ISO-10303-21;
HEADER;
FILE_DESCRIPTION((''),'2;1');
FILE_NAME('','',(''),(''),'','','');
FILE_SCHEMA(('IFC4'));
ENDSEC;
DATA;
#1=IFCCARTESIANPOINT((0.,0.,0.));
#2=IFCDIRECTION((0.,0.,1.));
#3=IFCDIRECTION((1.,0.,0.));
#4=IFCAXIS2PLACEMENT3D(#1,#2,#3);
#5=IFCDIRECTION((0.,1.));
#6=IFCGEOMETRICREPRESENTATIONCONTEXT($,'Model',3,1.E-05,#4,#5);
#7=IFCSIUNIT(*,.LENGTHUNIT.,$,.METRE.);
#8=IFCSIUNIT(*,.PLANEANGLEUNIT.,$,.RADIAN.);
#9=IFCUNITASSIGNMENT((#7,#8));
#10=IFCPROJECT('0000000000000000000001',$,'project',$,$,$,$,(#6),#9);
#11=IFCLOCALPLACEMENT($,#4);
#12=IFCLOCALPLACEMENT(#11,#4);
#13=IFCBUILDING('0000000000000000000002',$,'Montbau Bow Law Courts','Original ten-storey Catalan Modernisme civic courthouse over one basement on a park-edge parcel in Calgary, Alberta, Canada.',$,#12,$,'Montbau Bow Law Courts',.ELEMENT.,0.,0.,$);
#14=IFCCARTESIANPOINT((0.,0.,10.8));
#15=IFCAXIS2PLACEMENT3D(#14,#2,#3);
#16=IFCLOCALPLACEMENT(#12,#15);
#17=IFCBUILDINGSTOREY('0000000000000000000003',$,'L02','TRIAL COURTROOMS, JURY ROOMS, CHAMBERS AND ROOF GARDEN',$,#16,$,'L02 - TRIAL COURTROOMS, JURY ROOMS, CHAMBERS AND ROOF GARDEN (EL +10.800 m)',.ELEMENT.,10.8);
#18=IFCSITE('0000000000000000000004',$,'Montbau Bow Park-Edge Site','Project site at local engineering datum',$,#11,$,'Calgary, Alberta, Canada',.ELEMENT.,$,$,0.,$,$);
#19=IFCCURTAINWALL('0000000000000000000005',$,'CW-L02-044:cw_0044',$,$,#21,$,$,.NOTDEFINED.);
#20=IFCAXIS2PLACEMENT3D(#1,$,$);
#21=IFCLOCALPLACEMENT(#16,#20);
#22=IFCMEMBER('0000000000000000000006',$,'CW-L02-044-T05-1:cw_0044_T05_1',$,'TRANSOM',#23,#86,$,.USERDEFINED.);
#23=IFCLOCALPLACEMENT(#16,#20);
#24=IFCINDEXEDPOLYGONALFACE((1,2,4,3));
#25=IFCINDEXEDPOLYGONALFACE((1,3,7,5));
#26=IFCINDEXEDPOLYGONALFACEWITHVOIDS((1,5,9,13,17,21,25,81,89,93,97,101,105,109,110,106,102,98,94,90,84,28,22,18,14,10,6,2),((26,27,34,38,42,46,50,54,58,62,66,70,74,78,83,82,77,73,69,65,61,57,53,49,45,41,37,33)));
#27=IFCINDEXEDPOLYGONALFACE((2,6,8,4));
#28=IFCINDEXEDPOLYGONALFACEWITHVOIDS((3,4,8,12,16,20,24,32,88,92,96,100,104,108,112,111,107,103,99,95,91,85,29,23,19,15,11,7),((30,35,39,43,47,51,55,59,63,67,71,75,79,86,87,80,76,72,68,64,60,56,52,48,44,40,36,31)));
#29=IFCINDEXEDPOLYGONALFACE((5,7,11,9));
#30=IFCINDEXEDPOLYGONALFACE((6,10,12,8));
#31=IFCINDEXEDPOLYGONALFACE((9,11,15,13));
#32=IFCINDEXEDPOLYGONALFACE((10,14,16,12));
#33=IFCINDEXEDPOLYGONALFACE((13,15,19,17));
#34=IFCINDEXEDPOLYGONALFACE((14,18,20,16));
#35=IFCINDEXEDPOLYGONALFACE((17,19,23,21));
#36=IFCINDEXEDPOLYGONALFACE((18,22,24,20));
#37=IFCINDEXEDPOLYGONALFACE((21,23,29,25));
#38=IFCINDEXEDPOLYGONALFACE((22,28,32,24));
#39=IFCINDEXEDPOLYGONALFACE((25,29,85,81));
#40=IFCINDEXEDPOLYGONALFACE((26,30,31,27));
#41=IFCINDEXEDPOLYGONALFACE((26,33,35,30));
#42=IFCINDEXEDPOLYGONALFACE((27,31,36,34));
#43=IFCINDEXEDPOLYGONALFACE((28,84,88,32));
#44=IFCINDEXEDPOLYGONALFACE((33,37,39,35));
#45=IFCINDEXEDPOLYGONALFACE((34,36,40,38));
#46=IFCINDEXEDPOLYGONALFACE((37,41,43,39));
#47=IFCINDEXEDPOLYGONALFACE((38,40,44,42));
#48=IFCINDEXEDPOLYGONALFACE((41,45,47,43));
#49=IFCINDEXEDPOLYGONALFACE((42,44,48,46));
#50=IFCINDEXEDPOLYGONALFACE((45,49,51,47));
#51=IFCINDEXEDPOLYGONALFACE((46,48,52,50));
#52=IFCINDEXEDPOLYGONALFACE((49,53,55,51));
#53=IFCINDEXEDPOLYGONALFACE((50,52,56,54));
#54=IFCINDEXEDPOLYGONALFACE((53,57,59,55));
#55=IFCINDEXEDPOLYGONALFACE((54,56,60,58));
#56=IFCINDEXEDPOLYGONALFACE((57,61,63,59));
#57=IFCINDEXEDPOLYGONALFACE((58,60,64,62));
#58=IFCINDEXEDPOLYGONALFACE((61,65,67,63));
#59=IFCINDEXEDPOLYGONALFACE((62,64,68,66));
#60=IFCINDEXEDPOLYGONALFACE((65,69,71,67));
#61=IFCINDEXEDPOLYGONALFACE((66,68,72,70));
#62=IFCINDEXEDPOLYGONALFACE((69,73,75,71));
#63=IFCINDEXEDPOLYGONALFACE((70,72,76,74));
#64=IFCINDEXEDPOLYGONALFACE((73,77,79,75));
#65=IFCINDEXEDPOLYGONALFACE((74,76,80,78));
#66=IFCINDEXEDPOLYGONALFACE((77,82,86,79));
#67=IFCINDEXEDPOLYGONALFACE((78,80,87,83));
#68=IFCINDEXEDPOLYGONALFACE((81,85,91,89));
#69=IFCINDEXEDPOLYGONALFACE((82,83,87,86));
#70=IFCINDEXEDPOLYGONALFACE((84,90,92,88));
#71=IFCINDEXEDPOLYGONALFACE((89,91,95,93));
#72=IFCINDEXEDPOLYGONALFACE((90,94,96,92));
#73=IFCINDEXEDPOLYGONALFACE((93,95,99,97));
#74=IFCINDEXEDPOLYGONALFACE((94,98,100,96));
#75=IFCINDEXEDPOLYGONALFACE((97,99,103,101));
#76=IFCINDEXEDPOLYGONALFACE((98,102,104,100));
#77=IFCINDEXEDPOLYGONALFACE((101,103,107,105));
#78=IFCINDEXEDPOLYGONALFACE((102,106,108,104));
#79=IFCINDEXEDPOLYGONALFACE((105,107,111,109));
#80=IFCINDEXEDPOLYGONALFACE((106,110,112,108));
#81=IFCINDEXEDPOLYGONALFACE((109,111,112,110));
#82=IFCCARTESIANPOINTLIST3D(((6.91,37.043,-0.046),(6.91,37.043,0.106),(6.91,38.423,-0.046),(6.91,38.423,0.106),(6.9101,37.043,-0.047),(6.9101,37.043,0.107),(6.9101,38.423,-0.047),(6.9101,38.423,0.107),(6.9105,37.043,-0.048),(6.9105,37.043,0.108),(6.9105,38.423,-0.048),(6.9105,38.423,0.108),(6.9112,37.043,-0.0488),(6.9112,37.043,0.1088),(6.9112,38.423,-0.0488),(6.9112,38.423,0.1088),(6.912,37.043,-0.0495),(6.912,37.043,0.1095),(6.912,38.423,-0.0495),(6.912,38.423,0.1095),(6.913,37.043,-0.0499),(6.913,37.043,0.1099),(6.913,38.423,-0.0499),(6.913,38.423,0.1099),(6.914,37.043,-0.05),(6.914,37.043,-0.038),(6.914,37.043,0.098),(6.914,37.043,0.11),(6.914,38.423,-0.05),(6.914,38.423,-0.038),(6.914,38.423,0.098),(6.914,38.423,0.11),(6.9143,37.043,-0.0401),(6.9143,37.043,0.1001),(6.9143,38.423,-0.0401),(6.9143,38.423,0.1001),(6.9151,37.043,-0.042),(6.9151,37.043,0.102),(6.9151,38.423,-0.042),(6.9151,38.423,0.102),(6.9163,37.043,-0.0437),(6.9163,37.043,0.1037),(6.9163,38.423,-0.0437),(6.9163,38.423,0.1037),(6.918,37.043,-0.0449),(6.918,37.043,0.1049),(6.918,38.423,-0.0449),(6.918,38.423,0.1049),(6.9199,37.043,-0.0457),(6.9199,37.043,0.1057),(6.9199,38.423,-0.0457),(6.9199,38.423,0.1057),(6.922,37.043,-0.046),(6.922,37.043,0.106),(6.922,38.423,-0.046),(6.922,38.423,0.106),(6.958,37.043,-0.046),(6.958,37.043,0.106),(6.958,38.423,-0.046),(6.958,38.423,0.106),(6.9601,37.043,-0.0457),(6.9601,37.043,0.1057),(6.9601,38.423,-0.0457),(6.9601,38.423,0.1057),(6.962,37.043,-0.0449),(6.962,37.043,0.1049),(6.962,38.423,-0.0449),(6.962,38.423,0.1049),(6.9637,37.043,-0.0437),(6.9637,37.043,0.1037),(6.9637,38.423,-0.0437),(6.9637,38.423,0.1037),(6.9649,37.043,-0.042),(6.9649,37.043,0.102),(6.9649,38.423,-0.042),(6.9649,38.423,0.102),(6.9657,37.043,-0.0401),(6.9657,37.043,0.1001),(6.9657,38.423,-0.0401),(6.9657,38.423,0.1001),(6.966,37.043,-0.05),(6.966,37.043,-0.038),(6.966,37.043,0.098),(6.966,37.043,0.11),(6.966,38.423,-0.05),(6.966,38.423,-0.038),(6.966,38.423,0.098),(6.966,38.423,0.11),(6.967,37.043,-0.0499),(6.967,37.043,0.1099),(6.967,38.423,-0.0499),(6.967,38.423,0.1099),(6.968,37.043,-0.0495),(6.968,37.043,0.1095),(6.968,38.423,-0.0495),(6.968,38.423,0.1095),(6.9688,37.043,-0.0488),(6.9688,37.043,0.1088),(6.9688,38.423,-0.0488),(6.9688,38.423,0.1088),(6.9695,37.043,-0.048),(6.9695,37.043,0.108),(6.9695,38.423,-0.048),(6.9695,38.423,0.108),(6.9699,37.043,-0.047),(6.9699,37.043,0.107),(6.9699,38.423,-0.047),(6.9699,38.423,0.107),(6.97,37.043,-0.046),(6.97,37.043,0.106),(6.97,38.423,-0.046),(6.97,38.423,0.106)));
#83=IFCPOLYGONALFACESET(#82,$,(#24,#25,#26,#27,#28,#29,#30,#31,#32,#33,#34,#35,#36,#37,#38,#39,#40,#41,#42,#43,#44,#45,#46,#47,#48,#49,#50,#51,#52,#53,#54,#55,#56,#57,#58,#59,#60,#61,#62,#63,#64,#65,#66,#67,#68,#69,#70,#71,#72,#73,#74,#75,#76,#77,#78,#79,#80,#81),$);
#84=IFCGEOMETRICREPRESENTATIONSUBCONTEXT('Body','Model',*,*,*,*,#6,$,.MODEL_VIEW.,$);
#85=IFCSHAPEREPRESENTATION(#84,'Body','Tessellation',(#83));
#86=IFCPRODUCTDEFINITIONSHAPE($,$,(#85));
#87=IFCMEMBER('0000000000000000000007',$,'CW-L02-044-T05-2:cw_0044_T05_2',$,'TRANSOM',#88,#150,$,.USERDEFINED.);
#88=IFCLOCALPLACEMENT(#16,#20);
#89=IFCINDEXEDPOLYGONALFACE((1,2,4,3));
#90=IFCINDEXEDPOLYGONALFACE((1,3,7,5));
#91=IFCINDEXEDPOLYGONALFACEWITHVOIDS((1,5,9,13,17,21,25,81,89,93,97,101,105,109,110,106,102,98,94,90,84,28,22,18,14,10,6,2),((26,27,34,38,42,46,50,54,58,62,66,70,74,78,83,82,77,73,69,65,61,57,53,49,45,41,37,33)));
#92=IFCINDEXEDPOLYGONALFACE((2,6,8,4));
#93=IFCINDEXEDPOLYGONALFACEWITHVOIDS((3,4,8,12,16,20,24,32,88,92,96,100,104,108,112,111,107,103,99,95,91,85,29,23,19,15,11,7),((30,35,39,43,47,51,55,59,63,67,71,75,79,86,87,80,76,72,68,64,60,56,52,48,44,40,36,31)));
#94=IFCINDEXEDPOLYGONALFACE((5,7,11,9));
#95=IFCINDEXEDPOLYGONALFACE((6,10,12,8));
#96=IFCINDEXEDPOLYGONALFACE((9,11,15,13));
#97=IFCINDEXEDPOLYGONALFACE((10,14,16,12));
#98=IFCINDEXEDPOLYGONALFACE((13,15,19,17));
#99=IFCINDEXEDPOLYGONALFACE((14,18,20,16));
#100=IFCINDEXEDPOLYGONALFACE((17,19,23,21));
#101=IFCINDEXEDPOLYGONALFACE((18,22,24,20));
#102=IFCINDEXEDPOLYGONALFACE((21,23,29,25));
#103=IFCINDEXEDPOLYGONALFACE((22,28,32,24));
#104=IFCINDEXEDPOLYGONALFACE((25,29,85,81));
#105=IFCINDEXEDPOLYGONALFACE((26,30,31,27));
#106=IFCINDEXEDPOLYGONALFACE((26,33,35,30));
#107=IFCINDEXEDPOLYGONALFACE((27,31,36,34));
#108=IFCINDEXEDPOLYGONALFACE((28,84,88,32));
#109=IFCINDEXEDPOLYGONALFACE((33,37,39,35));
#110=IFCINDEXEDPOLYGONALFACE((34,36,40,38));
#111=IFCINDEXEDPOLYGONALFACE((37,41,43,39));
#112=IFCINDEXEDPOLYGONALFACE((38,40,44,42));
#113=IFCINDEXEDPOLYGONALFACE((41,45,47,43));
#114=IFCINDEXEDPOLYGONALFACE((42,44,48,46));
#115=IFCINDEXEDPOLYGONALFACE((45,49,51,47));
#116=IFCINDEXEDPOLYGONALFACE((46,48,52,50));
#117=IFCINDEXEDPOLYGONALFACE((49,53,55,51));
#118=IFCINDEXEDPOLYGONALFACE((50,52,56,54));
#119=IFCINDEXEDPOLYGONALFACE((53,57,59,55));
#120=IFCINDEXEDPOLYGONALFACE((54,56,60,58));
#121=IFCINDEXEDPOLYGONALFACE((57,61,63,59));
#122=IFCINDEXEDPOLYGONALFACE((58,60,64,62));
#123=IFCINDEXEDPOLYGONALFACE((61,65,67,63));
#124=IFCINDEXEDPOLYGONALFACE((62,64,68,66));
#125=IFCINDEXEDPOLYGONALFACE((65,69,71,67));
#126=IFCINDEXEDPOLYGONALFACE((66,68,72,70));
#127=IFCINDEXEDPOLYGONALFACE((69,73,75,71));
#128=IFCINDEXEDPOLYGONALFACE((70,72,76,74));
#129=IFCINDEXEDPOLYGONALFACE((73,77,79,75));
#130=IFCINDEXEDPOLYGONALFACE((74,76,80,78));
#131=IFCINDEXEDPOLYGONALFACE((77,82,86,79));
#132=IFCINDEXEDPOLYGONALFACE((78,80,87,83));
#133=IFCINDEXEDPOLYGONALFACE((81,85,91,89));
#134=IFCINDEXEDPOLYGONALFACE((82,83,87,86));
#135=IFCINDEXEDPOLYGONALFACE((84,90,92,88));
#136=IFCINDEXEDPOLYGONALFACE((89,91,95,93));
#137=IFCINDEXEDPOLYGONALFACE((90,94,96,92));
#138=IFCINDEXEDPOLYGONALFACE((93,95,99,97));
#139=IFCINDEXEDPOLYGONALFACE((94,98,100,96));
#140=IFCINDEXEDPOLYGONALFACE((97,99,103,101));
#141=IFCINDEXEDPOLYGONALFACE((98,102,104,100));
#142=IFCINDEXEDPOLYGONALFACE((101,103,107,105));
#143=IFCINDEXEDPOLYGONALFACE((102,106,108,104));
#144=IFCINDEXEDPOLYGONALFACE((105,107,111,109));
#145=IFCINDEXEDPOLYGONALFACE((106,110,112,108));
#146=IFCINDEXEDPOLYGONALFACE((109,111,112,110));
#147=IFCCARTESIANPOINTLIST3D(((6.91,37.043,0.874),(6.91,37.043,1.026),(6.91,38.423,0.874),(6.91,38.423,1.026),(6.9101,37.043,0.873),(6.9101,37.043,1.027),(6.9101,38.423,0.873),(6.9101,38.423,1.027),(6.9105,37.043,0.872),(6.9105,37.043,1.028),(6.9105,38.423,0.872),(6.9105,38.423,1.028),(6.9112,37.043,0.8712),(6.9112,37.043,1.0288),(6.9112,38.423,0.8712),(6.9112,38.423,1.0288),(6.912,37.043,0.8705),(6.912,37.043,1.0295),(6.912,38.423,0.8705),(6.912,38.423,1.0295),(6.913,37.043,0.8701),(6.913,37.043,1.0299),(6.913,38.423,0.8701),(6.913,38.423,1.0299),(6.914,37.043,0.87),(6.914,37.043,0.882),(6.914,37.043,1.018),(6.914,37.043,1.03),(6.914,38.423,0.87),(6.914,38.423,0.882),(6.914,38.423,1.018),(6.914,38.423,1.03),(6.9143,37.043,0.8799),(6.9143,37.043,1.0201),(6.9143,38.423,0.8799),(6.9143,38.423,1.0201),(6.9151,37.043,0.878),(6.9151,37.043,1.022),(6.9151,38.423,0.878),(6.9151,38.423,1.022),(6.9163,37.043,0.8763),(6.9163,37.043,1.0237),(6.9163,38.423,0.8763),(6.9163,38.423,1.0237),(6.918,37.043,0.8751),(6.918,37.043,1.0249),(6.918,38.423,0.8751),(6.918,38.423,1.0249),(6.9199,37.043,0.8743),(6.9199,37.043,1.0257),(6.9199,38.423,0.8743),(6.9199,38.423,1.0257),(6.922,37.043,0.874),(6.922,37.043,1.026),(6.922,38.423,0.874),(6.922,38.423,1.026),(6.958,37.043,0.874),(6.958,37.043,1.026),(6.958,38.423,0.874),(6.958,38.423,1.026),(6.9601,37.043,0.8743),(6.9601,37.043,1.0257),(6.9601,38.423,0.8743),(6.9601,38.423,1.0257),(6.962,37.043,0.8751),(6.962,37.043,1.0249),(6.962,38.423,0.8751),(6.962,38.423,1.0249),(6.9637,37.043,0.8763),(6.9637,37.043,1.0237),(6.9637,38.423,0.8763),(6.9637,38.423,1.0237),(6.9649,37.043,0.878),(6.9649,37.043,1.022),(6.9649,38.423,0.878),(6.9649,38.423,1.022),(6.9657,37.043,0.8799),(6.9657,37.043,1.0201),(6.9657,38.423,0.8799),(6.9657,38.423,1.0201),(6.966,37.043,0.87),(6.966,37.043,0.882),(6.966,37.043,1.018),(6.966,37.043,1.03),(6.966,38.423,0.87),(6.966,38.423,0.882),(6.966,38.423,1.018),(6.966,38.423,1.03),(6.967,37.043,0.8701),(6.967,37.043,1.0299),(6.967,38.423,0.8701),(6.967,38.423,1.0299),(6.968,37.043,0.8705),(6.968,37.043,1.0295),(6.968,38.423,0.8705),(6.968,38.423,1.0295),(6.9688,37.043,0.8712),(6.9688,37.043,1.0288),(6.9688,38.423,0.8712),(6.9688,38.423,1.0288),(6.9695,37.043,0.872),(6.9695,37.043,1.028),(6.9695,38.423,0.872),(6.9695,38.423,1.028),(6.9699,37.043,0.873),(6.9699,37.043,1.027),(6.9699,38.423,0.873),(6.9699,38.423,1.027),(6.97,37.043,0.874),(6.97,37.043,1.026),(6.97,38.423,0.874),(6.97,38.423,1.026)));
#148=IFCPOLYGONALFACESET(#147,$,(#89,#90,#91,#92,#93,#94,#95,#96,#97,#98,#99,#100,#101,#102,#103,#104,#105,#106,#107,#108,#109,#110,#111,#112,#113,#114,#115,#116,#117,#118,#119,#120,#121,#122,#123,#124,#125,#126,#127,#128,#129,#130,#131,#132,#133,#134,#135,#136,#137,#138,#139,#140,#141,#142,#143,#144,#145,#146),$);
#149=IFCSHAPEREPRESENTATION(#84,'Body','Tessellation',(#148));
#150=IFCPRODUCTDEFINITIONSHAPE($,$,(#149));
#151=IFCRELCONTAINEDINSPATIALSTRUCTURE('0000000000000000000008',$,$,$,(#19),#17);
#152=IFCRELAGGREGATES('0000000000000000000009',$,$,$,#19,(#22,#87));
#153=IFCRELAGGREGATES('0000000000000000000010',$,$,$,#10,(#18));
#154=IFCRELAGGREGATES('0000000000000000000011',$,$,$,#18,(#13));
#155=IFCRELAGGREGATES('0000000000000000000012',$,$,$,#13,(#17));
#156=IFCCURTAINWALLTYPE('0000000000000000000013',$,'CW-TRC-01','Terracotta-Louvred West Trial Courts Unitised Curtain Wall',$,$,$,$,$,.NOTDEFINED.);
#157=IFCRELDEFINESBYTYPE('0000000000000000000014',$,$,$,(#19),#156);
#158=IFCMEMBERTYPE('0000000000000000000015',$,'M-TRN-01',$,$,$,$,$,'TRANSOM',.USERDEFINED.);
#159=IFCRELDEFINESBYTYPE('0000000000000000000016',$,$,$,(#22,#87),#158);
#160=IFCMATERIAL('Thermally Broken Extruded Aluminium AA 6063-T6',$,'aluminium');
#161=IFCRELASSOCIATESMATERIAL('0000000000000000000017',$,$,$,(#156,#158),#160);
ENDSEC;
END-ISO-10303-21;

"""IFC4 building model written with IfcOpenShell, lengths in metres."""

from ifc_helpers import new_model, si_unit, direction, frame, origin_with_axes, origin_2d_with_axis, place, context, subcontext, project, spatial, hollow_rectangle, extrude, material, material_profile, profile_set, type_object, element, aggregate, save


model = new_model("IFC4")

# Units and contexts
model_context = context("Model", 3, precision=1e-05, world=origin_with_axes(), true_north=direction((0.0, 1.0)))
body_context = subcontext(model_context, "Body", "Model", "MODEL_VIEW")
ifc_project = project(units=[si_unit("LENGTHUNIT", "METRE"), si_unit("PLANEANGLEUNIT", "RADIAN")], contexts=[model_context])

# Site, building, storey
site_placement = place(None, origin_with_axes())
site = spatial("IfcSite", under=ifc_project, at=site_placement, Name="Montbau Bow Park-Edge Site", Description="Project site at local engineering datum", LongName="Calgary, Alberta, Canada", CompositionType="ELEMENT", RefElevation=0.0)
building_placement = place(site_placement, origin_with_axes())
building = spatial("IfcBuilding", under=site, at=building_placement, Name="Montbau Bow Law Courts", Description="Original ten-storey Catalan Modernisme civic courthouse over one basement on a park-edge parcel in Calgary, Alberta, Canada.", LongName="Montbau Bow Law Courts", CompositionType="ELEMENT", ElevationOfRefHeight=0.0, ElevationOfTerrain=0.0)
storey_placement = place(building_placement, frame((0.0, 0.0, 10.8), z_axis=(0.0, 0.0, 1.0), x_axis=(1.0, 0.0, 0.0)))
storey = spatial("IfcBuildingStorey", under=building, at=storey_placement, Name="L02", Description="TRIAL COURTROOMS, JURY ROOMS, CHAMBERS AND ROOF GARDEN", LongName="L02 - TRIAL COURTROOMS, JURY ROOMS, CHAMBERS AND ROOF GARDEN (EL +10.800 m)", CompositionType="ELEMENT", Elevation=10.8)

# Curtain wall, members
ifc_material_1 = material(Name="Thermally Broken Extruded Aluminium AA 6063-T6", Category="aluminium")
curtain_wall_type = type_object("IfcCurtainWallType", Name="CW-TRC-01", Description="Terracotta-Louvred West Trial Courts Unitised Curtain Wall", PredefinedType="NOTDEFINED", material=ifc_material_1)
curtain_wall_placement = place(None, frame((6.94, 31.115, 10.8), z_axis=(0.0, 0.0, 1.0), x_axis=(1.0, 0.0, 0.0)))
curtain_wall = element("IfcCurtainWall", 1, at=curtain_wall_placement, inside=storey, type_object=curtain_wall_type, Name="CW-L02-044:cw_0044", PredefinedType="NOTDEFINED")
ifc_material_profile_1 = material_profile(ifc_material_1, hollow_rectangle(XDim=0.06, YDim=0.16, WallThickness=0.004, InnerFilletRadius=0.008, OuterFilletRadius=0.004, at=origin_2d_with_axis()), Name="CWT-160X60", Category="Main", Priority=0)
ifc_profile_set_1 = profile_set([ifc_material_profile_1], Name="Thermally Broken Extruded Aluminium AA 6063-T6")
member_type_1 = type_object("IfcMemberType", Name="M-TRN-01", ElementType="TRANSOM", PredefinedType="USERDEFINED", material=ifc_profile_set_1)
member_1_placement = place(None, frame((6.94, 37.043, 10.83), z_axis=(0.0, 1.0, 0.0), x_axis=(-1.0, 0.0, 0.0)))
member_1 = element("IfcMember", 2, at=member_1_placement, type_object=member_type_1, Name="CW-L02-044-T05-1:cw_0044_T05_1", ObjectType="TRANSOM", PredefinedType="USERDEFINED", context=body_context, shape_type="SweptSolid", body=[
    extrude(hollow_rectangle(XDim=0.06, YDim=0.16, WallThickness=0.004, InnerFilletRadius=0.008, OuterFilletRadius=0.004, at=origin_2d_with_axis()), origin_with_axes(), (0.0, 0.0, 1.0), 1.38),
])
member_2_placement = place(None, frame((6.94, 37.043, 11.75), z_axis=(0.0, 1.0, 0.0), x_axis=(-1.0, 0.0, 0.0)))
member_2 = element("IfcMember", 3, at=member_2_placement, type_object=member_type_1, Name="CW-L02-044-T05-2:cw_0044_T05_2", ObjectType="TRANSOM", PredefinedType="USERDEFINED", context=body_context, shape_type="SweptSolid", body=[
    extrude(hollow_rectangle(XDim=0.06, YDim=0.16, WallThickness=0.004, InnerFilletRadius=0.008, OuterFilletRadius=0.004, at=origin_2d_with_axis()), origin_with_axes(), (0.0, 0.0, 1.0), 1.38),
])
aggregate(curtain_wall, [member_1, member_2])

save(model, "model.ifc")
